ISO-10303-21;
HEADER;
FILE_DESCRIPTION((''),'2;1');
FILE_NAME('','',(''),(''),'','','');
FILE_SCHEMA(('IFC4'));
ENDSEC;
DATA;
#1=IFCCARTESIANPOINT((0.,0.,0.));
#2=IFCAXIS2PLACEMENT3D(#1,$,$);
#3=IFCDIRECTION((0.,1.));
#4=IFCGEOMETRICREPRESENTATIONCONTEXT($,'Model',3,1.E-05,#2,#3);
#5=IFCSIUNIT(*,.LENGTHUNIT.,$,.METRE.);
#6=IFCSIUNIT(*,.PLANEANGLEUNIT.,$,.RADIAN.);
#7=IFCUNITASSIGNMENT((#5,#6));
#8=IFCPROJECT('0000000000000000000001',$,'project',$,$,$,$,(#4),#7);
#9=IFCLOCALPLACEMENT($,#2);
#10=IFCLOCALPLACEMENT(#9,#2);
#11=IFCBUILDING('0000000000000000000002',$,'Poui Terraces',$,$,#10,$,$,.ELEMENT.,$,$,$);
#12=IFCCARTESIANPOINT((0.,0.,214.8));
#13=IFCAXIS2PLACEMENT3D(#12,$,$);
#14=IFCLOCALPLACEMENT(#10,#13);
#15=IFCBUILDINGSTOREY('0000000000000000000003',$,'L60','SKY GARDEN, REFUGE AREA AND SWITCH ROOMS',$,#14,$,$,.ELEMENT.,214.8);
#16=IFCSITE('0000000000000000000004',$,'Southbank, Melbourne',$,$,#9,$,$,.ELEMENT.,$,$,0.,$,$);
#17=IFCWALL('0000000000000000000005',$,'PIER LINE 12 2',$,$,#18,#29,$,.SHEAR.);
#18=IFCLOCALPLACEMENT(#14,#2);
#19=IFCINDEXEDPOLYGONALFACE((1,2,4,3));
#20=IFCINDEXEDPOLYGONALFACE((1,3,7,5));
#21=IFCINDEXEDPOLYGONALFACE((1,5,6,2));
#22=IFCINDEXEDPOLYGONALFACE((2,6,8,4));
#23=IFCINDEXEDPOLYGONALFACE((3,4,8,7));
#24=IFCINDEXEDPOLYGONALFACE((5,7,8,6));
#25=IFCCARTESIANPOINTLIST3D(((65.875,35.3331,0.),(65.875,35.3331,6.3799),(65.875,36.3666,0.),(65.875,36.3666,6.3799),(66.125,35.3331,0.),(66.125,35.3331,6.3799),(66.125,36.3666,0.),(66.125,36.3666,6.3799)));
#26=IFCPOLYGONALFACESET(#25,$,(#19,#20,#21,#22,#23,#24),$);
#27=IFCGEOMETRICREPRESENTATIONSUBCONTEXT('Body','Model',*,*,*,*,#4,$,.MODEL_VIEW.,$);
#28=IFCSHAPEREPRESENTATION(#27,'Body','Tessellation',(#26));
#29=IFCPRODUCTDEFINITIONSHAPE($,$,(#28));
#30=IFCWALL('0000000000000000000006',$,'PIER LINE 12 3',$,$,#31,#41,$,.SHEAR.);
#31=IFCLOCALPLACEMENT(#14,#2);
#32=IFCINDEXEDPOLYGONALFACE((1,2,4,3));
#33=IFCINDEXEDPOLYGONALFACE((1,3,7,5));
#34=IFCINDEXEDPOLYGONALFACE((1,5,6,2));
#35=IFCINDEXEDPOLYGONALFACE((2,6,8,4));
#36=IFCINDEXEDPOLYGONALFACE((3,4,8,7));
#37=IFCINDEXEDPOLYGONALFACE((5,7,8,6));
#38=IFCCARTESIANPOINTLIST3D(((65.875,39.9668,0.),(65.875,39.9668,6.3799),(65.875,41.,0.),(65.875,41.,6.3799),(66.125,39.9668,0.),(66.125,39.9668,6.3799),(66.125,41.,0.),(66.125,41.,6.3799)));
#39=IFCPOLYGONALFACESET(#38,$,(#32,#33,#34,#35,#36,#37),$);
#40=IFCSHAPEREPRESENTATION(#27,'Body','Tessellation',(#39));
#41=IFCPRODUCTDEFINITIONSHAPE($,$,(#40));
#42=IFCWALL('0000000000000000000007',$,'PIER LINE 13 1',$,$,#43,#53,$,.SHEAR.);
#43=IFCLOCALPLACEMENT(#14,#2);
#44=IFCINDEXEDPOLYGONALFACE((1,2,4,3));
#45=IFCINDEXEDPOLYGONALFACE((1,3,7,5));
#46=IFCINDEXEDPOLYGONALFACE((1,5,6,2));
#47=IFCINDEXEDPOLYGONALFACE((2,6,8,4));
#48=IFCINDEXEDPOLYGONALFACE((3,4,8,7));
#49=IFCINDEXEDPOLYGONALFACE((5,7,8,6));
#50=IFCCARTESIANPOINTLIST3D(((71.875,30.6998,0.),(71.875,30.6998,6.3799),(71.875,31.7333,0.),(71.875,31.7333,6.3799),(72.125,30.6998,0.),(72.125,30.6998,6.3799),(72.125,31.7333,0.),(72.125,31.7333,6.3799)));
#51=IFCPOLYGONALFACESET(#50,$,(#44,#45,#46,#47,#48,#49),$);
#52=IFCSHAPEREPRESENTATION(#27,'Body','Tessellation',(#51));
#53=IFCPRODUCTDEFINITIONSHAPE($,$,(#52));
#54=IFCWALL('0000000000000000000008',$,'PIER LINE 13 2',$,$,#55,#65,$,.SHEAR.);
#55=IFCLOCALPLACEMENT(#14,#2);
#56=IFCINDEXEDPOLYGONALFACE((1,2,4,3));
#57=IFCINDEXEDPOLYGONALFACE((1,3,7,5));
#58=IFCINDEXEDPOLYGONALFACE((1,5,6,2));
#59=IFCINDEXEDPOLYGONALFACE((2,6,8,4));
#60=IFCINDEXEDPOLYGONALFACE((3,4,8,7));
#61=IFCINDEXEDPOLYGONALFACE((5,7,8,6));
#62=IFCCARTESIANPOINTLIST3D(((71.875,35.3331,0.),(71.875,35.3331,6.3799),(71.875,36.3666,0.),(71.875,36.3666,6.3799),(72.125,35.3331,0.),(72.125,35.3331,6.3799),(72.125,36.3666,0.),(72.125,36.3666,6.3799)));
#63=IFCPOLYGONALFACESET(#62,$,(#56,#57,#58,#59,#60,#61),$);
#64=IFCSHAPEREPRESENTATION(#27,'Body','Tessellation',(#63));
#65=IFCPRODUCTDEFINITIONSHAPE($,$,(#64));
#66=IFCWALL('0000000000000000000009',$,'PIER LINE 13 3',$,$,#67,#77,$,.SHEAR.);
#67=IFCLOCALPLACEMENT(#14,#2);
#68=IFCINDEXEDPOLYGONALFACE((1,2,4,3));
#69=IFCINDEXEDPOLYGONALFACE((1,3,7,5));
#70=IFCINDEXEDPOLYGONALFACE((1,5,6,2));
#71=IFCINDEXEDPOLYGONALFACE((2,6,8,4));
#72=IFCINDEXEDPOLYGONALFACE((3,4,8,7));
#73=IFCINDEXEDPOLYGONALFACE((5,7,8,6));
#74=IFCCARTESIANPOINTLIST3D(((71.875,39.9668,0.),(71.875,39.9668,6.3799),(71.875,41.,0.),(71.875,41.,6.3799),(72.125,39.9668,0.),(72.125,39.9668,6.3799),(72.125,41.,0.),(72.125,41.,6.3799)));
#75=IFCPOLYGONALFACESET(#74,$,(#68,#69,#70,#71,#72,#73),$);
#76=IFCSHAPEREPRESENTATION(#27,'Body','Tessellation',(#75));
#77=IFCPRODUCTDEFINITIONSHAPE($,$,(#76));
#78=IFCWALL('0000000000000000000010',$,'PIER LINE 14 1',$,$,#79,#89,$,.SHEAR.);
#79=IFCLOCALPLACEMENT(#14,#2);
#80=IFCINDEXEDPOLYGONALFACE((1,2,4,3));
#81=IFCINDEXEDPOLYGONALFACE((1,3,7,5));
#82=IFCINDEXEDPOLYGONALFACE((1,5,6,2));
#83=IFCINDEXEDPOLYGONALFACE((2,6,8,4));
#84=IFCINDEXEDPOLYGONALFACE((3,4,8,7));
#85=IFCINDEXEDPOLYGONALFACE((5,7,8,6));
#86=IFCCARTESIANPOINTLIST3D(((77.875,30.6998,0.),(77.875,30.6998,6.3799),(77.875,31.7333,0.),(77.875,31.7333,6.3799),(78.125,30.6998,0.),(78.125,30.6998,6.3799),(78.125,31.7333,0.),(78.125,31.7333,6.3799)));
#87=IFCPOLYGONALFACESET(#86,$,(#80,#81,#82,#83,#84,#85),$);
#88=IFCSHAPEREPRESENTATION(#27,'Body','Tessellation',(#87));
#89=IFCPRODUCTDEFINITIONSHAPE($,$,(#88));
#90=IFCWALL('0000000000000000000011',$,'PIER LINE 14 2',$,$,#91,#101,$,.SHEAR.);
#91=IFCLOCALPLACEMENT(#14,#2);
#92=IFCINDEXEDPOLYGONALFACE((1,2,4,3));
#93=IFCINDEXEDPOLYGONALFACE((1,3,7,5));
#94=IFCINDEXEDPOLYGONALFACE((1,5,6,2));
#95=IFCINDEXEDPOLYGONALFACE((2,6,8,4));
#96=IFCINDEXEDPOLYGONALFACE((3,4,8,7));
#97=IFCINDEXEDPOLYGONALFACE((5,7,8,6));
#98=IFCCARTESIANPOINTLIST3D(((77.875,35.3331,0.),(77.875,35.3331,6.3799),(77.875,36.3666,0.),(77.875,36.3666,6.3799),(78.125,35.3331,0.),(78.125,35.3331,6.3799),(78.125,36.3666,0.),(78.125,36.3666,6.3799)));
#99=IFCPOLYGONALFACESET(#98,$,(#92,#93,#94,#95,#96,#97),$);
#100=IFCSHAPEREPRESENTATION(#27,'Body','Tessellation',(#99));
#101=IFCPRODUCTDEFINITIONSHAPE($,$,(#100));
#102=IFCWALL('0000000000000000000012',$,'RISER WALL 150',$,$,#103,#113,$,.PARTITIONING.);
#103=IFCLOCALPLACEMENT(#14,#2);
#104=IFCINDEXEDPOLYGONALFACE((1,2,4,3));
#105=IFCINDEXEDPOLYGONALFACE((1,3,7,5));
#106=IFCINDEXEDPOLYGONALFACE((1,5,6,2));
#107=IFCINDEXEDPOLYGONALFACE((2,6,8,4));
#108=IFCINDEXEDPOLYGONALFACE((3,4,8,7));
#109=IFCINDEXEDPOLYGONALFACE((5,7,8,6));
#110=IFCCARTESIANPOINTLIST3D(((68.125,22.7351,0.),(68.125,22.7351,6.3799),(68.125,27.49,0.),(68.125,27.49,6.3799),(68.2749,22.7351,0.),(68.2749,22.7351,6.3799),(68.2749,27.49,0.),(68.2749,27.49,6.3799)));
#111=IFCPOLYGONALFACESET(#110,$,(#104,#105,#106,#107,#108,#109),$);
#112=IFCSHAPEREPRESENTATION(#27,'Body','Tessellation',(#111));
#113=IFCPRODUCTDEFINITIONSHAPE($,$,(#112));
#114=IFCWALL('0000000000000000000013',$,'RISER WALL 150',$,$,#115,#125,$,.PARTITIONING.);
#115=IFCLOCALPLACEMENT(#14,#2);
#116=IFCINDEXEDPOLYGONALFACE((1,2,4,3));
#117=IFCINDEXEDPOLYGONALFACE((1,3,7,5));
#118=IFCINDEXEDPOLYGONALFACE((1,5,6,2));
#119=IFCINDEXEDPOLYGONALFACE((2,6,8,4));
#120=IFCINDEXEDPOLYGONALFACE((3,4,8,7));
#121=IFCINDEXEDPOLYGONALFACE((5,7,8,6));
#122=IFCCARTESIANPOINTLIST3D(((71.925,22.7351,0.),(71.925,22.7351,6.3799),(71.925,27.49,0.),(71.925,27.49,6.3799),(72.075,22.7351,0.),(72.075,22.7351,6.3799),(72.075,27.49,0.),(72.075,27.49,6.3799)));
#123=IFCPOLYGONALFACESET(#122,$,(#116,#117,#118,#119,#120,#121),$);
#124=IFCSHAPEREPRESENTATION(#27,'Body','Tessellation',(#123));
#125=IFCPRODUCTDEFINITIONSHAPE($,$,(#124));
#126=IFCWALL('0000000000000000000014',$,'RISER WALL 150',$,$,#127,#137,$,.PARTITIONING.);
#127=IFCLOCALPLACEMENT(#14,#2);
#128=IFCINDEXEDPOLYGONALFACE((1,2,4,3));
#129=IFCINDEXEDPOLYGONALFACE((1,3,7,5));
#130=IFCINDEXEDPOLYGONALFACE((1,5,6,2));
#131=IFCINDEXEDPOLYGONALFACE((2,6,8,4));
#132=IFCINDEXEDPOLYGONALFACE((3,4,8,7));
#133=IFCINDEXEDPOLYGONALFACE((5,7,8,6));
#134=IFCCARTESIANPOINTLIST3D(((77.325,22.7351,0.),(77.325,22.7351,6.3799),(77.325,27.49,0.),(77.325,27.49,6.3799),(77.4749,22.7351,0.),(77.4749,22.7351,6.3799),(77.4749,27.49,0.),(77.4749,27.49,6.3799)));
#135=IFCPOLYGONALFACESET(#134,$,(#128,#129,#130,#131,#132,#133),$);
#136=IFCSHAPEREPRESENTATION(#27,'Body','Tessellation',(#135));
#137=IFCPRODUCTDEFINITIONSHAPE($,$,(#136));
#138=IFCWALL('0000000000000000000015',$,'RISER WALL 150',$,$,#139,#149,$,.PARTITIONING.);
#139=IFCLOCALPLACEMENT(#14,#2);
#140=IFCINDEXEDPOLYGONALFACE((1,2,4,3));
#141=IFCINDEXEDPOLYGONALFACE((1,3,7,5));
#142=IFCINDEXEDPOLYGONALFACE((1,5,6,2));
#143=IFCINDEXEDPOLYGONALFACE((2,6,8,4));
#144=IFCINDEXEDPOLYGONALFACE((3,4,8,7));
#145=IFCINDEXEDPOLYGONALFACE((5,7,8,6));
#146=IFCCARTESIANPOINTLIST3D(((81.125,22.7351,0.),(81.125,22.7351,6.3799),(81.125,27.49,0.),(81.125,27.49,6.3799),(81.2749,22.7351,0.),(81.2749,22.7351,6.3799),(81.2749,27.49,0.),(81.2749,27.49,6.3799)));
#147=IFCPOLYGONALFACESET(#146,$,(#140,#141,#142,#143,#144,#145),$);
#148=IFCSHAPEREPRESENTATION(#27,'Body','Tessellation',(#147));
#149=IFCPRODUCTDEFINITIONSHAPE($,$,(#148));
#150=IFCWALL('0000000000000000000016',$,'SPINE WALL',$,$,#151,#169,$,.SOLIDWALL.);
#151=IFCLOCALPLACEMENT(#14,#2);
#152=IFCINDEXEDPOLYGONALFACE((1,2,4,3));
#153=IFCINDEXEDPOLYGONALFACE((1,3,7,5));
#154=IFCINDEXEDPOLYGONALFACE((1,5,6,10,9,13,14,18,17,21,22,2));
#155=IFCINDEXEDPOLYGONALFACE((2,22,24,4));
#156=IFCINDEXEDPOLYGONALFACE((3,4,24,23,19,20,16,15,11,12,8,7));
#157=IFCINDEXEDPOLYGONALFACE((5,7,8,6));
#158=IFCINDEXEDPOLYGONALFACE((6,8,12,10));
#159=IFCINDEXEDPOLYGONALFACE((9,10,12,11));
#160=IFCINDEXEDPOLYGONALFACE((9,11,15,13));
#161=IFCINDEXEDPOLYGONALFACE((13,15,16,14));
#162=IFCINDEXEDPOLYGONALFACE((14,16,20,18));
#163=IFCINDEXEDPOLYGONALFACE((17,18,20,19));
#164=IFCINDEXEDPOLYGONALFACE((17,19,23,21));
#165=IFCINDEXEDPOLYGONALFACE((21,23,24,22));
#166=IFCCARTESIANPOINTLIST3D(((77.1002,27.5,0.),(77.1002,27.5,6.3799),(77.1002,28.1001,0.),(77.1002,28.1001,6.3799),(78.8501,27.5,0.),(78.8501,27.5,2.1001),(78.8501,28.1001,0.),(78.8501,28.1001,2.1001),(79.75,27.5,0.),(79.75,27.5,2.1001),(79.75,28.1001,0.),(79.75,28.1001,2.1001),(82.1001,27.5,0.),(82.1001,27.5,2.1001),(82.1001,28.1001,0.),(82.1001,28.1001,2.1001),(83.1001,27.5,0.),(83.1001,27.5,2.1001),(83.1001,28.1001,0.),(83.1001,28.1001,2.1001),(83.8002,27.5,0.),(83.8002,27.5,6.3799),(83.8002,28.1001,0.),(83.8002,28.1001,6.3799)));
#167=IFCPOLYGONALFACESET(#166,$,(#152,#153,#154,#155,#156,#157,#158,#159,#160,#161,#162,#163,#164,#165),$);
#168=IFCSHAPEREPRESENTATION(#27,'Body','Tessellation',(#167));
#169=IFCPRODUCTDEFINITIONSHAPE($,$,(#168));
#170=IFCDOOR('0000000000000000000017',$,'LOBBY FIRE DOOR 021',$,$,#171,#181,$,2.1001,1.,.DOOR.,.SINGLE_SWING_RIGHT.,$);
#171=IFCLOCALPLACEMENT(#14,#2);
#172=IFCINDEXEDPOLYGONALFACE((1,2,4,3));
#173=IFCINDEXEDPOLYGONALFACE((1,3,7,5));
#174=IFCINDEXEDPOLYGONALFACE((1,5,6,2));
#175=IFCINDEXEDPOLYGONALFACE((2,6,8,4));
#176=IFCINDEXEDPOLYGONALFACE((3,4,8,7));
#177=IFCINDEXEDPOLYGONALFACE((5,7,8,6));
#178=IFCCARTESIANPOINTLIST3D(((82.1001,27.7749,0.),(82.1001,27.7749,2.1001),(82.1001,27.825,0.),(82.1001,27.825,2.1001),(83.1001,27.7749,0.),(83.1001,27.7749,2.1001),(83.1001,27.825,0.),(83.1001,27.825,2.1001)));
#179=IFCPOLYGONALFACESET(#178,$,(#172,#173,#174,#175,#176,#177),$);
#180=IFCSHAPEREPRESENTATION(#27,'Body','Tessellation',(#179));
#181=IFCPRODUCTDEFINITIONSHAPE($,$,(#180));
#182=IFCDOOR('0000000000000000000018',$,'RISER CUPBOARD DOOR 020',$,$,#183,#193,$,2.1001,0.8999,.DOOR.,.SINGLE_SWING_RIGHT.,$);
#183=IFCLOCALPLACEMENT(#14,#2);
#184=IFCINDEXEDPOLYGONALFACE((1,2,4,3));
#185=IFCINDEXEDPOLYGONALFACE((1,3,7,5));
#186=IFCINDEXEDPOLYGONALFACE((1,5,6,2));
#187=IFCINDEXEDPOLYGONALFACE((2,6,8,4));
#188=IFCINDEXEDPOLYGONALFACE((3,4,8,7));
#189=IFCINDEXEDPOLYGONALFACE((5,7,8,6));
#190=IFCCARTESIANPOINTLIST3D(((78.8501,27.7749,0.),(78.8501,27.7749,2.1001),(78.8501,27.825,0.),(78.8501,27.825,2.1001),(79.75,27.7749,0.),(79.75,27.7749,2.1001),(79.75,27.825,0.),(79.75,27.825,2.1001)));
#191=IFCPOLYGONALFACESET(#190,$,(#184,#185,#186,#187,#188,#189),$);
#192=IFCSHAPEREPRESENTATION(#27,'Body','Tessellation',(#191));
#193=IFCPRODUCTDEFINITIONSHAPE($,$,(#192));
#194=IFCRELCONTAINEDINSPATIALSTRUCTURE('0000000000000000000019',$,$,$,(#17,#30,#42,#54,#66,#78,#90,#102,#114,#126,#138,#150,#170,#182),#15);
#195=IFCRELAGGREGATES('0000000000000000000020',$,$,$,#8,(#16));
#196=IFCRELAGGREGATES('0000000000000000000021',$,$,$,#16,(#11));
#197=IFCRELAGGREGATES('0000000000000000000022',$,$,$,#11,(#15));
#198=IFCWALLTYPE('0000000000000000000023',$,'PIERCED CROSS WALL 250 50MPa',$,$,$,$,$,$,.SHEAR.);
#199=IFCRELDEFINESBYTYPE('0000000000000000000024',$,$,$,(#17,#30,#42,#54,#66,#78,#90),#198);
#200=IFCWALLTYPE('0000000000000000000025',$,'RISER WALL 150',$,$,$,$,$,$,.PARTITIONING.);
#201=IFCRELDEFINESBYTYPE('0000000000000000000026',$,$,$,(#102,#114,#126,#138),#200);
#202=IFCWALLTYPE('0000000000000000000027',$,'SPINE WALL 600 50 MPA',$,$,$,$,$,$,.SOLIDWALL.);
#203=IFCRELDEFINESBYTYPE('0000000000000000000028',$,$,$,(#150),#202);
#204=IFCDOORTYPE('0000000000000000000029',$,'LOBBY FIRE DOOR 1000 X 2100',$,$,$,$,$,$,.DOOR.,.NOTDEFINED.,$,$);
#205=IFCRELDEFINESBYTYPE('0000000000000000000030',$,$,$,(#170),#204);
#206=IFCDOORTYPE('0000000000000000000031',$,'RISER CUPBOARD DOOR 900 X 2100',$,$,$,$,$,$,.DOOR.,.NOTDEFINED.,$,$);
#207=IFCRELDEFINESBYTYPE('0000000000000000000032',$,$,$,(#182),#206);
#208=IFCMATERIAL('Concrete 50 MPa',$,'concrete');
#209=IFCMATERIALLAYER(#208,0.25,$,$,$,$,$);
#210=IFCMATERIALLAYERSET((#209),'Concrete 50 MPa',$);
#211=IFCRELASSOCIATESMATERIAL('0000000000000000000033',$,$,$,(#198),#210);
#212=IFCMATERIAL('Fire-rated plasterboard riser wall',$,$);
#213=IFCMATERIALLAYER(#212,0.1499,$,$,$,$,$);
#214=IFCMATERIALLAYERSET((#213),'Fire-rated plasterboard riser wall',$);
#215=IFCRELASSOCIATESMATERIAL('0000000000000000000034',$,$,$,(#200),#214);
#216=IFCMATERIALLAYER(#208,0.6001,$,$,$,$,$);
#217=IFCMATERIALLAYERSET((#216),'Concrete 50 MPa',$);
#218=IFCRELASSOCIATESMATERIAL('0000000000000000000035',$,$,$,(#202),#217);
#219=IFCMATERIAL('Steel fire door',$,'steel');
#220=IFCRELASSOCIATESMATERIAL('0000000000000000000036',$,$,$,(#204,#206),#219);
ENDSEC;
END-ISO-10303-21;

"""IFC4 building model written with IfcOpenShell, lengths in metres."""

from ifc_helpers import new_model, si_unit, direction, frame, frame_2d, origin, place, context, subcontext, project, spatial, rectangle, extrude, material, layer, layer_set, type_object, element, fill, save


model = new_model("IFC4")

# Units and contexts
model_context = context("Model", 3, precision=1e-05, world=origin(), true_north=direction((0.0, 1.0)))
body_context = subcontext(model_context, "Body", "Model", "MODEL_VIEW")
ifc_project = project(units=[si_unit("LENGTHUNIT", "METRE"), si_unit("PLANEANGLEUNIT", "RADIAN")], contexts=[model_context])

# Site, building, storey
site_placement = place(None, origin())
site = spatial("IfcSite", under=ifc_project, at=site_placement, Name="Southbank, Melbourne", CompositionType="ELEMENT", RefElevation=0.0)
building_placement = place(site_placement, origin())
building = spatial("IfcBuilding", under=site, at=building_placement, Name="Poui Terraces", CompositionType="ELEMENT")
storey_placement = place(building_placement, frame((0.0, 0.0, 214.8)))
storey = spatial("IfcBuildingStorey", under=building, at=storey_placement, Name="L60", Description="SKY GARDEN, REFUGE AREA AND SWITCH ROOMS", CompositionType="ELEMENT", Elevation=214.8)

# Shared definitions
ifc_material_1 = material(Name="Concrete 50 MPa", Category="concrete")

# Shared definitions
ifc_material_2 = material(Name="Steel fire door", Category="steel")

# Walls
ifc_layer_1 = layer(ifc_material_1, 0.25)
ifc_layer_set_1 = layer_set([ifc_layer_1], Name="Concrete 50 MPa")
wall_type_1 = type_object("IfcWallType", Name="PIERCED CROSS WALL 250 50MPa", PredefinedType="SHEAR", material=ifc_layer_set_1)
for number, where, z_axis, x_axis, name in (
    (1, (66.0, 35.3333, 0.0), (0.0, 0.0, 1.0), (0.0, 1.0, 0.0), "PIER LINE 12 2"),
):
    element("IfcWall", number, at=place(storey_placement, frame(where, z_axis=z_axis, x_axis=x_axis)), inside=storey, type_object=wall_type_1, Name=name, PredefinedType="SHEAR", context=body_context, shape_type="SweptSolid", body=[
        extrude(rectangle(XDim=1.0334, YDim=0.25, at=frame_2d((0.5166, 0.0))), origin(), (0.0, 0.0, 1.0), 6.3799),
    ])
wall_1_placement = place(storey_placement, frame((66.0, 39.9668, 0.0), z_axis=(0.0, 0.0, 1.0), x_axis=(0.0, 1.0, 0.0)))
element("IfcWall", 2, at=wall_1_placement, inside=storey, type_object=wall_type_1, Name="PIER LINE 12 3", PredefinedType="SHEAR", context=body_context, shape_type="SweptSolid", body=[
    extrude(rectangle(XDim=1.0332, YDim=0.25, at=frame_2d((0.5166, 0.0))), origin(), (0.0, 0.0, 1.0), 6.3799),
])
for number, where, z_axis, x_axis, name in (
    (3, (72.0, 30.7, 0.0), (0.0, 0.0, 1.0), (0.0, 1.0, 0.0), "PIER LINE 13 1"),
    (4, (72.0, 35.3333, 0.0), (0.0, 0.0, 1.0), (0.0, 1.0, 0.0), "PIER LINE 13 2"),
):
    element("IfcWall", number, at=place(storey_placement, frame(where, z_axis=z_axis, x_axis=x_axis)), inside=storey, type_object=wall_type_1, Name=name, PredefinedType="SHEAR", context=body_context, shape_type="SweptSolid", body=[
        extrude(rectangle(XDim=1.0334, YDim=0.25, at=frame_2d((0.5166, 0.0))), origin(), (0.0, 0.0, 1.0), 6.3799),
    ])
wall_2_placement = place(storey_placement, frame((72.0, 39.9668, 0.0), z_axis=(0.0, 0.0, 1.0), x_axis=(0.0, 1.0, 0.0)))
element("IfcWall", 5, at=wall_2_placement, inside=storey, type_object=wall_type_1, Name="PIER LINE 13 3", PredefinedType="SHEAR", context=body_context, shape_type="SweptSolid", body=[
    extrude(rectangle(XDim=1.0332, YDim=0.25, at=frame_2d((0.5166, 0.0))), origin(), (0.0, 0.0, 1.0), 6.3799),
])
for number, where, z_axis, x_axis, name in (
    (6, (78.0, 30.7, 0.0), (0.0, 0.0, 1.0), (0.0, 1.0, 0.0), "PIER LINE 14 1"),
    (7, (78.0, 35.3333, 0.0), (0.0, 0.0, 1.0), (0.0, 1.0, 0.0), "PIER LINE 14 2"),
):
    element("IfcWall", number, at=place(storey_placement, frame(where, z_axis=z_axis, x_axis=x_axis)), inside=storey, type_object=wall_type_1, Name=name, PredefinedType="SHEAR", context=body_context, shape_type="SweptSolid", body=[
        extrude(rectangle(XDim=1.0334, YDim=0.25, at=frame_2d((0.5166, 0.0))), origin(), (0.0, 0.0, 1.0), 6.3799),
    ])
ifc_material_3 = material(Name="Fire-rated plasterboard riser wall")
ifc_layer_2 = layer(ifc_material_3, 0.1499)
ifc_layer_set_2 = layer_set([ifc_layer_2], Name="Fire-rated plasterboard riser wall")
wall_type_2 = type_object("IfcWallType", Name="RISER WALL 150", PredefinedType="PARTITIONING", material=ifc_layer_set_2)
for number, where, z_axis, x_axis, name in (
    (8, (68.2, 22.7351, 0.0), (0.0, 0.0, 1.0), (0.0, 1.0, 0.0), "RISER WALL 150"),
    (9, (72.0, 22.7351, 0.0), (0.0, 0.0, 1.0), (0.0, 1.0, 0.0), "RISER WALL 150"),
    (10, (77.3999, 22.7351, 0.0), (0.0, 0.0, 1.0), (0.0, 1.0, 0.0), "RISER WALL 150"),
    (11, (81.2, 22.7351, 0.0), (0.0, 0.0, 1.0), (0.0, 1.0, 0.0), "RISER WALL 150"),
):
    element("IfcWall", number, at=place(storey_placement, frame(where, z_axis=z_axis, x_axis=x_axis)), inside=storey, type_object=wall_type_2, Name=name, PredefinedType="PARTITIONING", context=body_context, shape_type="SweptSolid", body=[
        extrude(rectangle(XDim=4.7549, YDim=0.1499, at=frame_2d((2.3774, 0.0))), origin(), (0.0, 0.0, 1.0), 6.3799),
    ])

# Wall, openings, doors
ifc_layer_3 = layer(ifc_material_1, 0.6001)
ifc_layer_set_3 = layer_set([ifc_layer_3], Name="Concrete 50 MPa")
wall_type_3 = type_object("IfcWallType", Name="SPINE WALL 600 50 MPA", PredefinedType="SOLIDWALL", material=ifc_layer_set_3)
wall_3_placement = place(storey_placement, frame((77.1001, 27.8, 0.0), z_axis=(0.0, 0.0, 1.0), x_axis=(1.0, 0.0, 0.0)))
wall_3 = element("IfcWall", 12, at=wall_3_placement, inside=storey, type_object=wall_type_3, Name="SPINE WALL", PredefinedType="SOLIDWALL", context=body_context, shape_type="SweptSolid", body=[
    extrude(rectangle(XDim=6.7, YDim=0.6001, at=frame_2d((3.3501, 0.0))), origin(), (0.0, 0.0, 1.0), 6.3799),
])
opening_1_placement = place(wall_3_placement, frame((1.75, 0.0, 0.0)))
opening_1 = element("IfcOpeningElement", 13, at=opening_1_placement, cuts=wall_3, PredefinedType="OPENING", context=body_context, shape_type="SweptSolid", body=[
    extrude(rectangle(XDim=0.8999, YDim=2.1001, at=frame_2d((0.45, 1.05))), frame((0.0, 0.3101, 0.0), z_axis=(0.0, -1.0, 0.0), x_axis=(1.0, 0.0, 0.0)), (0.0, 0.0, 1.0), 0.6201),
])
opening_2_placement = place(wall_3_placement, frame((5.0, 0.0, 0.0)))
opening_2 = element("IfcOpeningElement", 14, at=opening_2_placement, cuts=wall_3, PredefinedType="OPENING", context=body_context, shape_type="SweptSolid", body=[
    extrude(rectangle(XDim=1.0, YDim=2.1001, at=frame_2d((0.5, 1.05))), frame((0.0, 0.3101, 0.0), z_axis=(0.0, -1.0, 0.0), x_axis=(1.0, 0.0, 0.0)), (0.0, 0.0, 1.0), 0.6201),
])
door_type_1 = type_object("IfcDoorType", Name="LOBBY FIRE DOOR 1000 X 2100", OperationType="NOTDEFINED", PredefinedType="DOOR", material=ifc_material_2)
door_1_placement = place(opening_2_placement, origin())
door_1 = element("IfcDoor", 15, at=door_1_placement, inside=storey, type_object=door_type_1, Name="LOBBY FIRE DOOR 021", OperationType="SINGLE_SWING_RIGHT", OverallHeight=2.1001, OverallWidth=1.0, PredefinedType="DOOR", context=body_context, shape_type="SweptSolid", body=[
    extrude(rectangle(XDim=1.0, YDim=2.1001, at=frame_2d((0.5, 1.05))), frame((0.0, 0.0249, 0.0), z_axis=(0.0, -1.0, 0.0), x_axis=(1.0, 0.0, 0.0)), (0.0, 0.0, 1.0), 0.05),
])
fill(opening_2, door_1)
door_type_2 = type_object("IfcDoorType", Name="RISER CUPBOARD DOOR 900 X 2100", OperationType="NOTDEFINED", PredefinedType="DOOR", material=ifc_material_2)
door_2_placement = place(opening_1_placement, origin())
door_2 = element("IfcDoor", 16, at=door_2_placement, inside=storey, type_object=door_type_2, Name="RISER CUPBOARD DOOR 020", OperationType="SINGLE_SWING_RIGHT", OverallHeight=2.1001, OverallWidth=0.8999, PredefinedType="DOOR", context=body_context, shape_type="SweptSolid", body=[
    extrude(rectangle(XDim=0.8999, YDim=2.1001, at=frame_2d((0.45, 1.05))), frame((0.0, 0.0249, 0.0), z_axis=(0.0, -1.0, 0.0), x_axis=(1.0, 0.0, 0.0)), (0.0, 0.0, 1.0), 0.05),
])
fill(opening_1, door_2)

save(model, "model.ifc")
